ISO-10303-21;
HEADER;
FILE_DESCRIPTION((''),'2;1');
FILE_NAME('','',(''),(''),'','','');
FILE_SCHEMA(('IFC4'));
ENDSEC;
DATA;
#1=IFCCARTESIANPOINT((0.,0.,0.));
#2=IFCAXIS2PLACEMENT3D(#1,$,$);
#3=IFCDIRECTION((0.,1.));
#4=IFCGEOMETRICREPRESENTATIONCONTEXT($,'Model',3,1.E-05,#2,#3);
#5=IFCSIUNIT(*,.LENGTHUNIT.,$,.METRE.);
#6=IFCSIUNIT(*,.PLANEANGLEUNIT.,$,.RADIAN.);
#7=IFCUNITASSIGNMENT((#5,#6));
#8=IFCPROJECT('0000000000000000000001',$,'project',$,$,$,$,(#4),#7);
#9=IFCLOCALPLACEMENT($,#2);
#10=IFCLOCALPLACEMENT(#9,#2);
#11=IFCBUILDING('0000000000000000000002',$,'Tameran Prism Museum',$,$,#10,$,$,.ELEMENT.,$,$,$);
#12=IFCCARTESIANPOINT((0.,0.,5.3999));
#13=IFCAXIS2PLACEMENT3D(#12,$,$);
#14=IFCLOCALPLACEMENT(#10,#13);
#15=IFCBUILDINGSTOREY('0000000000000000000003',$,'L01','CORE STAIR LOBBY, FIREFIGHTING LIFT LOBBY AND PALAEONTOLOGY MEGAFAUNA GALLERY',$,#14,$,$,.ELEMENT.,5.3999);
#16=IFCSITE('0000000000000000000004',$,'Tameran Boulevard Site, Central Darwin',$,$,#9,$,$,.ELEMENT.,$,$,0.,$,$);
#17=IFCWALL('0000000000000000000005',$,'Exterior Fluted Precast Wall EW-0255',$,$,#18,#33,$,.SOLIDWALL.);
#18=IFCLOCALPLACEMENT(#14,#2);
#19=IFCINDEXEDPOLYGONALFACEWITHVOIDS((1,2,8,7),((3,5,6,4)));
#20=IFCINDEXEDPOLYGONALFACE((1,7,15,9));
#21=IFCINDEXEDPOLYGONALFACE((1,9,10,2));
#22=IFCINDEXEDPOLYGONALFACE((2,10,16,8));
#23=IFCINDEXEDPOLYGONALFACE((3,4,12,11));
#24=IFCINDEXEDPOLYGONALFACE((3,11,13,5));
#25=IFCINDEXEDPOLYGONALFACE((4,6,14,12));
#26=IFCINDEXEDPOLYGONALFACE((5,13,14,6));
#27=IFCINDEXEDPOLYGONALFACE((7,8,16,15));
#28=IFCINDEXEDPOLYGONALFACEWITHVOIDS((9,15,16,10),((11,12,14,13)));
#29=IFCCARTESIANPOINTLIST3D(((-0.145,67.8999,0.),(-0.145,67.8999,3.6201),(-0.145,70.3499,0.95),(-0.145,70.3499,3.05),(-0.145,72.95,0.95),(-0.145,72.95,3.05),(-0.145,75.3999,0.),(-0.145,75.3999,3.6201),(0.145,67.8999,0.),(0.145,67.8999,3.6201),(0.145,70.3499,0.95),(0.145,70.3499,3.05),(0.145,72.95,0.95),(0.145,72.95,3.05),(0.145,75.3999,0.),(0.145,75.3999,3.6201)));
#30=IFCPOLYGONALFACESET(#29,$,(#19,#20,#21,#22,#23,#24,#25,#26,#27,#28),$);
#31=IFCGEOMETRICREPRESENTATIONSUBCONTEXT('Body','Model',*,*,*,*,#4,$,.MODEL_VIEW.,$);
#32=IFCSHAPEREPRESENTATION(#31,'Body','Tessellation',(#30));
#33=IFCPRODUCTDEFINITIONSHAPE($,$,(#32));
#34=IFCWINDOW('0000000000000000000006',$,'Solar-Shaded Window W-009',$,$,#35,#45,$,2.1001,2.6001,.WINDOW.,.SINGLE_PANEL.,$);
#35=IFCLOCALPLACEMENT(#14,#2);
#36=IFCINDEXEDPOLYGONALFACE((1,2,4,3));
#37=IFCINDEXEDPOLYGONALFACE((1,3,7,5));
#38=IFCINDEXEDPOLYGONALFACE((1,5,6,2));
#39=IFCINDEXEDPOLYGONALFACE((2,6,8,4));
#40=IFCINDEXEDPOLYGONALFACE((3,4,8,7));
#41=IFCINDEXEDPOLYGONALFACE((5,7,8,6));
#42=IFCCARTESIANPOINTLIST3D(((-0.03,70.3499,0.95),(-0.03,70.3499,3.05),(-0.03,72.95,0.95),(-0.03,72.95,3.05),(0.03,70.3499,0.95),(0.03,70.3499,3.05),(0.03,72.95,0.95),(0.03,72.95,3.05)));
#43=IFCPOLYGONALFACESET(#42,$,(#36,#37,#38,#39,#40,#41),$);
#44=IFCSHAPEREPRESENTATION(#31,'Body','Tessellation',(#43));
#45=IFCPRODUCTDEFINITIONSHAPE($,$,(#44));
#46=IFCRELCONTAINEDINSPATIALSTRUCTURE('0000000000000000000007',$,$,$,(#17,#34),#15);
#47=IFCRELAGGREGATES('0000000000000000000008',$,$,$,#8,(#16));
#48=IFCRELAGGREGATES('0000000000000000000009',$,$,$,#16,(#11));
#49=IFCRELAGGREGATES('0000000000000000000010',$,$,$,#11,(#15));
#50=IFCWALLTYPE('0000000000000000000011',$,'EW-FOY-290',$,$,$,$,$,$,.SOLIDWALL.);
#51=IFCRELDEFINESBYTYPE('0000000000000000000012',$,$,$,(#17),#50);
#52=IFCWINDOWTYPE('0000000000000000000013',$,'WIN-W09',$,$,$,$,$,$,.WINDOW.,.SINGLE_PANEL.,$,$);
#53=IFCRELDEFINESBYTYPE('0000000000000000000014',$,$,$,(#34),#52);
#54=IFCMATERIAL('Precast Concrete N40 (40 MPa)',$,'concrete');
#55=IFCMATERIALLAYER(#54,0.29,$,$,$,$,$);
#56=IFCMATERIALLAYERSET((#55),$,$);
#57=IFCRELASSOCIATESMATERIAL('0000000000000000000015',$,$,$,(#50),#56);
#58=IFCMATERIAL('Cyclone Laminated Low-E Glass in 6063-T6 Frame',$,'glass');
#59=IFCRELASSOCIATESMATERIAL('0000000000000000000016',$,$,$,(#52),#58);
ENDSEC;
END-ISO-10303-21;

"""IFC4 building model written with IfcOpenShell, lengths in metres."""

from ifc_helpers import new_model, si_unit, direction, frame, frame_2d, origin, place, context, subcontext, project, spatial, rectangle, extrude, material, layer, layer_set, type_object, element, fill, save


model = new_model("IFC4")

# Units and contexts
model_context = context("Model", 3, precision=1e-05, world=origin(), true_north=direction((0.0, 1.0)))
body_context = subcontext(model_context, "Body", "Model", "MODEL_VIEW")
ifc_project = project(units=[si_unit("LENGTHUNIT", "METRE"), si_unit("PLANEANGLEUNIT", "RADIAN")], contexts=[model_context])

# Site, building, storey
site_placement = place(None, origin())
site = spatial("IfcSite", under=ifc_project, at=site_placement, Name="Tameran Boulevard Site, Central Darwin", CompositionType="ELEMENT", RefElevation=0.0)
building_placement = place(site_placement, origin())
building = spatial("IfcBuilding", under=site, at=building_placement, Name="Tameran Prism Museum", CompositionType="ELEMENT")
storey_placement = place(building_placement, frame((0.0, 0.0, 5.3999)))
storey = spatial("IfcBuildingStorey", under=building, at=storey_placement, Name="L01", Description="CORE STAIR LOBBY, FIREFIGHTING LIFT LOBBY AND PALAEONTOLOGY MEGAFAUNA GALLERY", CompositionType="ELEMENT", Elevation=5.3999)

# Wall, opening, window
ifc_material_1 = material(Name="Precast Concrete N40 (40 MPa)", Category="concrete")
ifc_layer_1 = layer(ifc_material_1, 0.29)
ifc_layer_set_1 = layer_set([ifc_layer_1])
wall_type_1 = type_object("IfcWallType", Name="EW-FOY-290", PredefinedType="SOLIDWALL", material=ifc_layer_set_1)
wall_1_placement = place(storey_placement, frame((0.0, 67.8999, 0.0), z_axis=(0.0, 0.0, 1.0), x_axis=(0.0, 1.0, 0.0)))
wall_1 = element("IfcWall", 1, at=wall_1_placement, inside=storey, type_object=wall_type_1, Name="Exterior Fluted Precast Wall EW-0255", PredefinedType="SOLIDWALL", context=body_context, shape_type="SweptSolid", body=[
    extrude(rectangle(XDim=7.5, YDim=0.29, at=frame_2d((3.75, 0.0))), origin(), (0.0, 0.0, 1.0), 3.6201),
])
opening_placement = place(wall_1_placement, frame((2.45, 0.0, 0.95)))
opening = element("IfcOpeningElement", 2, at=opening_placement, cuts=wall_1, PredefinedType="OPENING", context=body_context, shape_type="SweptSolid", body=[
    extrude(rectangle(XDim=2.6001, YDim=2.1001, at=frame_2d((1.3, 1.05))), frame((0.0, 0.155, 0.0), z_axis=(0.0, -1.0, 0.0), x_axis=(1.0, 0.0, 0.0)), (0.0, 0.0, 1.0), 0.3101),
])
ifc_material_2 = material(Name="Cyclone Laminated Low-E Glass in 6063-T6 Frame", Category="glass")
window_type = type_object("IfcWindowType", Name="WIN-W09", PartitioningType="SINGLE_PANEL", PredefinedType="WINDOW", material=ifc_material_2)
window_placement = place(opening_placement, origin())
window = element("IfcWindow", 3, at=window_placement, inside=storey, type_object=window_type, Name="Solar-Shaded Window W-009", OverallHeight=2.1001, OverallWidth=2.6001, PartitioningType="SINGLE_PANEL", PredefinedType="WINDOW", context=body_context, shape_type="SweptSolid", body=[
    extrude(rectangle(XDim=2.6001, YDim=2.1001, at=frame_2d((1.3, 1.05))), frame((0.0, 0.03, 0.0), z_axis=(0.0, -1.0, 0.0), x_axis=(1.0, 0.0, 0.0)), (0.0, 0.0, 1.0), 0.0601),
])
fill(opening, window)

save(model, "model.ifc")
